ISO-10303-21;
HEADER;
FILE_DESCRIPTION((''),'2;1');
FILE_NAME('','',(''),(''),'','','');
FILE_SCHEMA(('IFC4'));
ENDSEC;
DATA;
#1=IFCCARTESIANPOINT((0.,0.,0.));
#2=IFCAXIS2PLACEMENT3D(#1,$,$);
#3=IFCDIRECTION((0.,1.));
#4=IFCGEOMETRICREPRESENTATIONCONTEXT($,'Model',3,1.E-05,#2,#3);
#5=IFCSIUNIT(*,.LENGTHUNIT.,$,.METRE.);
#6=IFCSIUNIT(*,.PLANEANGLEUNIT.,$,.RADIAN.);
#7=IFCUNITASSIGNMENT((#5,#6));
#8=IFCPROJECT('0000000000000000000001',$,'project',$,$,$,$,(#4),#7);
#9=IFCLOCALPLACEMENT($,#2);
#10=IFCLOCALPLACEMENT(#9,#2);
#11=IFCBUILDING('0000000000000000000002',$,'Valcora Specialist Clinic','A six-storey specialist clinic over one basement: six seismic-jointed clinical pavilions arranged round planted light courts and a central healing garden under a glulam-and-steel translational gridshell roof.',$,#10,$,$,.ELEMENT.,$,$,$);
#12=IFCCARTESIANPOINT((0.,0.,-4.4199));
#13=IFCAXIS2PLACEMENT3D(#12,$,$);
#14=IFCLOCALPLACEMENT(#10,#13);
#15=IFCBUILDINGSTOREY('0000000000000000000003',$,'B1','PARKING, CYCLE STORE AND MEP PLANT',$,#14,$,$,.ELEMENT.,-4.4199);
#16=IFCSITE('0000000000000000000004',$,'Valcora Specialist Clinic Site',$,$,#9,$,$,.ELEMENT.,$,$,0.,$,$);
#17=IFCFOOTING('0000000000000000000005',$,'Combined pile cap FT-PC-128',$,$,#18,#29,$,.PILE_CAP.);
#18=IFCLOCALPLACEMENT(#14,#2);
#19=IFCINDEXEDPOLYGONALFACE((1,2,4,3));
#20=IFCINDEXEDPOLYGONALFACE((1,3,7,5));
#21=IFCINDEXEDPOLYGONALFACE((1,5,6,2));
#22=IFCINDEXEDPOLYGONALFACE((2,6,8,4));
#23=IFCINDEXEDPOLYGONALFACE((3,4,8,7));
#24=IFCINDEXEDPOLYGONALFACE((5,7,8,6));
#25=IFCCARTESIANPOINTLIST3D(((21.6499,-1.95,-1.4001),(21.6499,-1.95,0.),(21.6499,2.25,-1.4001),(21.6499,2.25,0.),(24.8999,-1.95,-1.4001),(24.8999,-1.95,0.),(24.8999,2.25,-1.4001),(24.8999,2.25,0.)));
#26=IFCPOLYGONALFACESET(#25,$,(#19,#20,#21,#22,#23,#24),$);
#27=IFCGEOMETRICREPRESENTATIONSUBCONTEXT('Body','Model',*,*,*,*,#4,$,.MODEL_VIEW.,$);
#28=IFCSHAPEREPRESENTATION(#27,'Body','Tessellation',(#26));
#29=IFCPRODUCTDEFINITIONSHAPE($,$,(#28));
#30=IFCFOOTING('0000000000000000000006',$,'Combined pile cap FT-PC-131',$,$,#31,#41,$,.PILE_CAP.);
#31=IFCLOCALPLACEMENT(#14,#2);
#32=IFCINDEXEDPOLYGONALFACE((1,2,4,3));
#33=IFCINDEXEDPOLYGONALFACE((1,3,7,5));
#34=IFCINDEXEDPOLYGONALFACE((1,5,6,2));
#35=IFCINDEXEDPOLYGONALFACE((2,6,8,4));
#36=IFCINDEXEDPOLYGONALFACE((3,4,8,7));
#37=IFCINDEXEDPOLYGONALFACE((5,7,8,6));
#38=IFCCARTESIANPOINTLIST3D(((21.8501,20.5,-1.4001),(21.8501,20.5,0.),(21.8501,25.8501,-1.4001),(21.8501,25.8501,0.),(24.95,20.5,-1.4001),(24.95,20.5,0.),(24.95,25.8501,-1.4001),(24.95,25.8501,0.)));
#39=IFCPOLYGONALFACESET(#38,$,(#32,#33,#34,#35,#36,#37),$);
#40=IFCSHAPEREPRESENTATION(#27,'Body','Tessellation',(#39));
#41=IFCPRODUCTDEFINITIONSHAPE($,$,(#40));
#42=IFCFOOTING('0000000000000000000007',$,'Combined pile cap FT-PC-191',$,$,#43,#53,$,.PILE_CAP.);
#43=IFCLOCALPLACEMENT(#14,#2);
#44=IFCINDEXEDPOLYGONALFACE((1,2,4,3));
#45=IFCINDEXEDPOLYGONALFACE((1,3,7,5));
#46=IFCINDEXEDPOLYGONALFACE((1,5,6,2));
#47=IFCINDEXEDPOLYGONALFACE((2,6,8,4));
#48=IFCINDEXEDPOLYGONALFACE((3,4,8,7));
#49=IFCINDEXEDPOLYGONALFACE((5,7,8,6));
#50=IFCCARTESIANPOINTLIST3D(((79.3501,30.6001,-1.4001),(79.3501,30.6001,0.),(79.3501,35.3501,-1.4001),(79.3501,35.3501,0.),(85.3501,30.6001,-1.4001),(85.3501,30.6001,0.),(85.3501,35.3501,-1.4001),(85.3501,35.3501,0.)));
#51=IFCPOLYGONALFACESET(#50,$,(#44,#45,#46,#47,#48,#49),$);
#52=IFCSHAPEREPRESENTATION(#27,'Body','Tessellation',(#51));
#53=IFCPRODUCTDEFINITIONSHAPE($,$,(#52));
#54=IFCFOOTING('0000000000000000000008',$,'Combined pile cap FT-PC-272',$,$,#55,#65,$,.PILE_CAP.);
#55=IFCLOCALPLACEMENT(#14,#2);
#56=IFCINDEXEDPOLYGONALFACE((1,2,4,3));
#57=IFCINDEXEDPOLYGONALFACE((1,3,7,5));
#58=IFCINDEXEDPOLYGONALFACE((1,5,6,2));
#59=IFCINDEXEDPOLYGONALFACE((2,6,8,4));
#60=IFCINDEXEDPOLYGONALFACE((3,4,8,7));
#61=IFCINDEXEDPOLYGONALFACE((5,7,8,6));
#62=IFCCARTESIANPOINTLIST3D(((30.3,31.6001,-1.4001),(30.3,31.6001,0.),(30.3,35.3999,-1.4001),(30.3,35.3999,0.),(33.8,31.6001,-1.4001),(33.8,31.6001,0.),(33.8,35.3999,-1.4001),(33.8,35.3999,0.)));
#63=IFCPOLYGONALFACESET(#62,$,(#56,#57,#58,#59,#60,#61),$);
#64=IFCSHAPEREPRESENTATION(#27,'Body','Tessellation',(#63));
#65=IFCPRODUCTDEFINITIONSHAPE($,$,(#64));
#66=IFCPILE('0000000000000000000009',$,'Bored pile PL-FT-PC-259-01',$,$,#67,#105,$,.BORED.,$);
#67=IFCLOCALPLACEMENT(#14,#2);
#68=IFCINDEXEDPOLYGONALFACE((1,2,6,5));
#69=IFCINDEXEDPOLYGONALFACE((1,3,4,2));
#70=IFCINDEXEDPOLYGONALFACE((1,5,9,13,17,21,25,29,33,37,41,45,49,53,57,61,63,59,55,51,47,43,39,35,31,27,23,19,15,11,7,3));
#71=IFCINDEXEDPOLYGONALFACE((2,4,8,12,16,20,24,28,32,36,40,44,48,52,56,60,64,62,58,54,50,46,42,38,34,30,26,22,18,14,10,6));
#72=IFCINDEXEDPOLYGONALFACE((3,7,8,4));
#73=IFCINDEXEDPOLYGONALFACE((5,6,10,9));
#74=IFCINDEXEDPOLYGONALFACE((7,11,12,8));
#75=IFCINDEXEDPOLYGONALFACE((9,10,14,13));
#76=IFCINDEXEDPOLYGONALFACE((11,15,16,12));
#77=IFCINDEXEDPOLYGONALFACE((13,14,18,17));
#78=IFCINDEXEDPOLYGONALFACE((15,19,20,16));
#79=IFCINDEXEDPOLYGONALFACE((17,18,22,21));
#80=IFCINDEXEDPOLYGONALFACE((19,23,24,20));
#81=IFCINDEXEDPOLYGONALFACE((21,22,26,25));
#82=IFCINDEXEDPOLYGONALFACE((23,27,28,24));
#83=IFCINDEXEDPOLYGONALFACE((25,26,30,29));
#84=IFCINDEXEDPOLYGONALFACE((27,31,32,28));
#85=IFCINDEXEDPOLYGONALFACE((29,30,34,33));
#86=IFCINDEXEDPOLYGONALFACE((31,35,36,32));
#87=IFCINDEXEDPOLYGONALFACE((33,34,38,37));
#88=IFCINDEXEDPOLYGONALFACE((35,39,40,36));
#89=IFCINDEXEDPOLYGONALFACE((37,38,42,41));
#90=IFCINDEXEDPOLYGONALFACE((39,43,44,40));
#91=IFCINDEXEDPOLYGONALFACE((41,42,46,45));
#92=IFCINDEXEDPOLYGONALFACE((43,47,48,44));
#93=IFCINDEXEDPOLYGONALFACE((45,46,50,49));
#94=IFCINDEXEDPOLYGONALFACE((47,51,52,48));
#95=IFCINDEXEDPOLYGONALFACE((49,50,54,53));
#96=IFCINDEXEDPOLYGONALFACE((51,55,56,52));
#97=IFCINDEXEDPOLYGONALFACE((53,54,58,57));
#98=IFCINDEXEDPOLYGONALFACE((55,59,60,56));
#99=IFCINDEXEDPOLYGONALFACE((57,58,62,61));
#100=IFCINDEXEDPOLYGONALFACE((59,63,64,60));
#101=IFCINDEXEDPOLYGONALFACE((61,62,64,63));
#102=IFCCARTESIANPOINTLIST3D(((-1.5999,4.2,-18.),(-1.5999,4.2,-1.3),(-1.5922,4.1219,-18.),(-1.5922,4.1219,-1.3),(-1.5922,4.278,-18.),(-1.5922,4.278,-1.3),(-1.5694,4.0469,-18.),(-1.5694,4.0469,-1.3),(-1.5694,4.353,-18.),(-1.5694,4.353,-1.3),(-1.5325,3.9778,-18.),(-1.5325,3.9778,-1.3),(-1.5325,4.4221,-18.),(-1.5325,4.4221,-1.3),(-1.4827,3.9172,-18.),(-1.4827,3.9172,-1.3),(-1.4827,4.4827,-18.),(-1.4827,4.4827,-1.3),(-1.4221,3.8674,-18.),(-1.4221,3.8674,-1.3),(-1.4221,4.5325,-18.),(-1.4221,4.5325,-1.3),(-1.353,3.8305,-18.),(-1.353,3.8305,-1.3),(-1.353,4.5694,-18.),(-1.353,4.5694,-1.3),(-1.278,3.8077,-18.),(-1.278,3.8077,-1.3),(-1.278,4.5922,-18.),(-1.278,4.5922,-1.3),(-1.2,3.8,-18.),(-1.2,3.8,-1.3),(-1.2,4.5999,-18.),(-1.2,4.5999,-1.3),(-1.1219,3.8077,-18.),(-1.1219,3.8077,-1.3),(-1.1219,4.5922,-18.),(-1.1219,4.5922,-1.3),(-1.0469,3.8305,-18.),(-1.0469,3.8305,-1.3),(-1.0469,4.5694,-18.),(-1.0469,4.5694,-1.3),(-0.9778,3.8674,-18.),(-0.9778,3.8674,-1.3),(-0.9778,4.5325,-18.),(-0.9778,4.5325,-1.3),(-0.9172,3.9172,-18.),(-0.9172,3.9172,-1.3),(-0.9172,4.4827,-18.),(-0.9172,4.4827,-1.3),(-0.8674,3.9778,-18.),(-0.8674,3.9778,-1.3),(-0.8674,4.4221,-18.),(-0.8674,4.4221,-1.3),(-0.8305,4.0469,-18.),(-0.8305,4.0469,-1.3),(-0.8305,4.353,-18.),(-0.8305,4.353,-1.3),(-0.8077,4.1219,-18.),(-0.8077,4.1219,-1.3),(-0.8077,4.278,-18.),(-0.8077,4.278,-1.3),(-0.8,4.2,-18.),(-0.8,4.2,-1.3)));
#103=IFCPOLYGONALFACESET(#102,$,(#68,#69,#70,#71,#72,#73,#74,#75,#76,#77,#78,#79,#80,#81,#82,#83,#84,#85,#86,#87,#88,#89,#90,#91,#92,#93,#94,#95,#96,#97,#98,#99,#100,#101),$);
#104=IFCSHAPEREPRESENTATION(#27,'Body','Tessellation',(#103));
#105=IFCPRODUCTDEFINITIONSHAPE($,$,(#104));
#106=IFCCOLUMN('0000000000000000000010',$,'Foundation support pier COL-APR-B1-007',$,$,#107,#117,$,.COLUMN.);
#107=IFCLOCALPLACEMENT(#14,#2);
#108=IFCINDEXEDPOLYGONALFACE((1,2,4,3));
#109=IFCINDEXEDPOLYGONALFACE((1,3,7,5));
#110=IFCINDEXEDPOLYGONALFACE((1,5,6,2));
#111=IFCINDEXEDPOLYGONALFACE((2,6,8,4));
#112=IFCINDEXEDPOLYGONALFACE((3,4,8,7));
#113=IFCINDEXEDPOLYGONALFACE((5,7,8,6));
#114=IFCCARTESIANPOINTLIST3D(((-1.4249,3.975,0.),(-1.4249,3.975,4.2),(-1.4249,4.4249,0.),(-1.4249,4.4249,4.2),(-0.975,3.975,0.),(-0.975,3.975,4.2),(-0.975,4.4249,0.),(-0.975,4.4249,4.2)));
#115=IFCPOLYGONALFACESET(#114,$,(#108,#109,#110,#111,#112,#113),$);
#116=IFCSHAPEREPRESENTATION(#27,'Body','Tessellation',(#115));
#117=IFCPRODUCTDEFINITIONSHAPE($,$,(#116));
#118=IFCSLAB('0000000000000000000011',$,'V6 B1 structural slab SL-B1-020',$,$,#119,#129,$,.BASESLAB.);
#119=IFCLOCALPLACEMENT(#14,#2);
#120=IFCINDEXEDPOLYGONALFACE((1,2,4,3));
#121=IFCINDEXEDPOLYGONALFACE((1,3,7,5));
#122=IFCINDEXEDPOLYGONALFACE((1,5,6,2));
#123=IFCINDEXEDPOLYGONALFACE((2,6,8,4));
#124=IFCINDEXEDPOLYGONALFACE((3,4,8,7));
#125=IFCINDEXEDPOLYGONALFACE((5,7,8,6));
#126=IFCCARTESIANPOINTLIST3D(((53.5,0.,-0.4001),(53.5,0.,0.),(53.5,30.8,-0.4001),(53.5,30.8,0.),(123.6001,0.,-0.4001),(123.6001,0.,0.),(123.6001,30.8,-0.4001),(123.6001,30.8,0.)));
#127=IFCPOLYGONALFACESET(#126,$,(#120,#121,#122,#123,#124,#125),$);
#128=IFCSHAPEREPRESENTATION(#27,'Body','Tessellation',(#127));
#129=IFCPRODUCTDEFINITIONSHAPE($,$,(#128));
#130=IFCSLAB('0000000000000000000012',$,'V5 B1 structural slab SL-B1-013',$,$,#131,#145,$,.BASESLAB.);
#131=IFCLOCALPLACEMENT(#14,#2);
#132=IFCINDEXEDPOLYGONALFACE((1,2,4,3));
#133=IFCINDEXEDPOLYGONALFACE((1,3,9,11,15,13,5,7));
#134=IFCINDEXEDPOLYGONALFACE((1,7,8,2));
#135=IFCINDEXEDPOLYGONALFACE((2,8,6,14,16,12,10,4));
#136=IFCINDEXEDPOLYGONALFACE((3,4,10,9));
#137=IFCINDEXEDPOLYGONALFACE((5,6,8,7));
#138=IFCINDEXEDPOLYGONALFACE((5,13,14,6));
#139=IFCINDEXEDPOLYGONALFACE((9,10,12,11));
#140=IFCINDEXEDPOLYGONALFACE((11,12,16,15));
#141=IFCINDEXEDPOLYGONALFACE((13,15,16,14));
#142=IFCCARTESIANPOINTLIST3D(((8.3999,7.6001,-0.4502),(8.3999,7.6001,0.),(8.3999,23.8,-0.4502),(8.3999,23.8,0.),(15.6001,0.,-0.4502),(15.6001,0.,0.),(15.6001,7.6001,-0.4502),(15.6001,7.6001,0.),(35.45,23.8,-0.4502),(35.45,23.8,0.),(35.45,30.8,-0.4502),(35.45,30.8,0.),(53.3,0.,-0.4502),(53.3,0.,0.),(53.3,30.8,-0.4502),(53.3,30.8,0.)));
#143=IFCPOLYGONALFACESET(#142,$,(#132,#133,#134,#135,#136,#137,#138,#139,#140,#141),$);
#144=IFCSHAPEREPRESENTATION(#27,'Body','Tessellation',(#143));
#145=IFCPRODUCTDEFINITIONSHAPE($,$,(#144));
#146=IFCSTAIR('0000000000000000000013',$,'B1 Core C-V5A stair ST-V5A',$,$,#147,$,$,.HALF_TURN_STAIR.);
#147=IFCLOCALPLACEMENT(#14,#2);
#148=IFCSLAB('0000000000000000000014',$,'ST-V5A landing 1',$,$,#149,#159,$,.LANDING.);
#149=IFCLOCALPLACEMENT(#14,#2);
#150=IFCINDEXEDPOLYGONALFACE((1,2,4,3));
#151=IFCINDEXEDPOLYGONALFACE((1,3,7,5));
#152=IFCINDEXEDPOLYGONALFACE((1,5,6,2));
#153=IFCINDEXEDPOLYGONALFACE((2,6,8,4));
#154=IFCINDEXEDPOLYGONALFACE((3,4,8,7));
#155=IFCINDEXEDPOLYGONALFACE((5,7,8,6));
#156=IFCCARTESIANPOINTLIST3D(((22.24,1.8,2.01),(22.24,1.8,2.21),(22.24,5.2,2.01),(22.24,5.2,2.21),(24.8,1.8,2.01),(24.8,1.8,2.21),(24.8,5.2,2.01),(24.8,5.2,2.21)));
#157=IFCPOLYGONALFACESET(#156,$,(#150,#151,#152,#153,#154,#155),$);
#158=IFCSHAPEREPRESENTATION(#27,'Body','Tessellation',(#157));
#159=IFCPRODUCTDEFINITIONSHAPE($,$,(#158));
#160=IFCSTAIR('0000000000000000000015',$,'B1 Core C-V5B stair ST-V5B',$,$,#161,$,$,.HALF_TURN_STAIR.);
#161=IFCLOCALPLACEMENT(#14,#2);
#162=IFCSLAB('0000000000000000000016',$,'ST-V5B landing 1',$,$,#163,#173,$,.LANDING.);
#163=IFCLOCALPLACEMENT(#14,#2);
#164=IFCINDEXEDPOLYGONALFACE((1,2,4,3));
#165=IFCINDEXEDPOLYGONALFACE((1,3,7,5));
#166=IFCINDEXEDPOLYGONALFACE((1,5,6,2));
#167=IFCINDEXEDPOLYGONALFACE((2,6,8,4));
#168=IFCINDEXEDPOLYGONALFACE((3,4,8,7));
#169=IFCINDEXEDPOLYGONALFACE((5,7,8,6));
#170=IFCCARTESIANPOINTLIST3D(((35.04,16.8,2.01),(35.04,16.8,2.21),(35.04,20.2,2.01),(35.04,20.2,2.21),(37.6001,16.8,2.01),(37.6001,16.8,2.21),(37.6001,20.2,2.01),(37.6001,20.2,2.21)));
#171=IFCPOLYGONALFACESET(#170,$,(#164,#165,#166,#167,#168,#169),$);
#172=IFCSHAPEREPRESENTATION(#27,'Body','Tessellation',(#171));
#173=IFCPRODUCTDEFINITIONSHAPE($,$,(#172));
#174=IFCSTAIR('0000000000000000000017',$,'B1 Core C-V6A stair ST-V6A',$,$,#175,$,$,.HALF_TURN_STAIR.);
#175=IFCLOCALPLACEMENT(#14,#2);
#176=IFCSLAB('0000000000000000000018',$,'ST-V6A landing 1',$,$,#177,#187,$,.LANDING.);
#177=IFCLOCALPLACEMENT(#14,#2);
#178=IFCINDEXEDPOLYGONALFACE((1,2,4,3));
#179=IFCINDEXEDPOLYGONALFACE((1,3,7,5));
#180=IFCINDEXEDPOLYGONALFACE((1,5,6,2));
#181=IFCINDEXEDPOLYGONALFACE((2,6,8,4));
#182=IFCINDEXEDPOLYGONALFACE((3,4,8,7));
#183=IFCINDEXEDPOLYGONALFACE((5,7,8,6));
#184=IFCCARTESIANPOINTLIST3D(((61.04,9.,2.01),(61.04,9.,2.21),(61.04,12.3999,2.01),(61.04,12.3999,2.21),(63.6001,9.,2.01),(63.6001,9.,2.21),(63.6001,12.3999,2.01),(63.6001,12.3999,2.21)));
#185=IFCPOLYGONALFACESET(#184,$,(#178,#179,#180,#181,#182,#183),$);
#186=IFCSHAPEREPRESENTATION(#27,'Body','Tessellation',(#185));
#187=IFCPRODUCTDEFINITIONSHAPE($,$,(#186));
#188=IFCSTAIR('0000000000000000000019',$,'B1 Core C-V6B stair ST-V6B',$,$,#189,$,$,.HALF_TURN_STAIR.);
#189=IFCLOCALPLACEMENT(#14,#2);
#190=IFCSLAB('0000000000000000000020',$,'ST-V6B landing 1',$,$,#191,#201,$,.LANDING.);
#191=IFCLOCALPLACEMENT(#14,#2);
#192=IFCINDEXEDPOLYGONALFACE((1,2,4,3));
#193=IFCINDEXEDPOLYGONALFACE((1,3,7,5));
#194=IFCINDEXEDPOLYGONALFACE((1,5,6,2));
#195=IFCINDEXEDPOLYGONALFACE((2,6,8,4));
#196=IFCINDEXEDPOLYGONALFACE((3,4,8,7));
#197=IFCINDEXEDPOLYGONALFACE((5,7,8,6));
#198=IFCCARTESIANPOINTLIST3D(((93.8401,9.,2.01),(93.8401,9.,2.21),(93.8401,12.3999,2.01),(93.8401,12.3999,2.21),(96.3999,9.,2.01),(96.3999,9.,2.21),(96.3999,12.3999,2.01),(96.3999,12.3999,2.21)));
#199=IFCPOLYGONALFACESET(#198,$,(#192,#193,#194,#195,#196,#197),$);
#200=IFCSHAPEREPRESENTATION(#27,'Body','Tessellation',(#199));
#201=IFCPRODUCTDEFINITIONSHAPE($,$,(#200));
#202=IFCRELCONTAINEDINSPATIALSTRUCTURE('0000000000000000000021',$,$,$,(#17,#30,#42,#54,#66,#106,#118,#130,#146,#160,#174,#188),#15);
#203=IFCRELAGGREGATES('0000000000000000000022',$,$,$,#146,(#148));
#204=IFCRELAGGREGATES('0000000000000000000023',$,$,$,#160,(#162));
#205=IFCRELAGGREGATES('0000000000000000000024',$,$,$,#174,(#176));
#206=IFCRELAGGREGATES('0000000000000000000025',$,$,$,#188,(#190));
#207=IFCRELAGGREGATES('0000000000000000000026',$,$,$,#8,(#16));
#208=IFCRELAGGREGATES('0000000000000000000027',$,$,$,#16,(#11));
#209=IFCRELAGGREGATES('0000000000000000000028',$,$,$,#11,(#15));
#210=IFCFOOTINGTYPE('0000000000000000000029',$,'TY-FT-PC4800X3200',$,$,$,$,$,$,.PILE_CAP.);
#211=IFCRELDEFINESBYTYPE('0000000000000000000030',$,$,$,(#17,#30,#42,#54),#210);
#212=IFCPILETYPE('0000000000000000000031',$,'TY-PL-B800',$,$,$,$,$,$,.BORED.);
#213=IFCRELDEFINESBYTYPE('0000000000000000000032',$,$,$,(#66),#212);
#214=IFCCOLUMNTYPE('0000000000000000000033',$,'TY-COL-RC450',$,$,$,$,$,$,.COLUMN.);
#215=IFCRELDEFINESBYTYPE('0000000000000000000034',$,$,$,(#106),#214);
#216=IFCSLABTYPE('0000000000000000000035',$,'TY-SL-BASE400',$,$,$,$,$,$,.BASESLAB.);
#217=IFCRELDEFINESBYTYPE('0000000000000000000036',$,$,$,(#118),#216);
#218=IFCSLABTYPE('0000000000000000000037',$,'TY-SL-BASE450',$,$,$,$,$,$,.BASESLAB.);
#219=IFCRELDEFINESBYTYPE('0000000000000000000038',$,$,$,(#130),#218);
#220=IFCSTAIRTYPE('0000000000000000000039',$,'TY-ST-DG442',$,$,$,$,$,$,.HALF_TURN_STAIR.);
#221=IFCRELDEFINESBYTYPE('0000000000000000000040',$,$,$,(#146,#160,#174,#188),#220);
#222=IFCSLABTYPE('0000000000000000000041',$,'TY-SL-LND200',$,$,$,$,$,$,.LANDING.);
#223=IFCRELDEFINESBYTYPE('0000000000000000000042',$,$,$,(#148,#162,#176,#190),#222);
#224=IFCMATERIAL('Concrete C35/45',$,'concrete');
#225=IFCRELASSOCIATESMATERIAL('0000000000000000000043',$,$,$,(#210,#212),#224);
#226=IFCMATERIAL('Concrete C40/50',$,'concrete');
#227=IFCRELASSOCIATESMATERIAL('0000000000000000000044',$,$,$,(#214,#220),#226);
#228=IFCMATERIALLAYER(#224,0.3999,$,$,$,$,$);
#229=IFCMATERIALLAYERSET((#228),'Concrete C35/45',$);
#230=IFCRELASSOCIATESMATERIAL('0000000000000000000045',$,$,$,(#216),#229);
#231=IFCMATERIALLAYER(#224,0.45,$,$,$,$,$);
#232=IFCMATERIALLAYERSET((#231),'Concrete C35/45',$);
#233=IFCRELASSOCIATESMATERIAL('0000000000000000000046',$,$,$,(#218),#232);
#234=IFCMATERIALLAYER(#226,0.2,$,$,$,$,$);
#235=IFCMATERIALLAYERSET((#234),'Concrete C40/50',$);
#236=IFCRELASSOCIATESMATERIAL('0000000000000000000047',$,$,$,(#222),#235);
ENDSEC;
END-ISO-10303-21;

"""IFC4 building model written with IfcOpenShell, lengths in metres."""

from ifc_helpers import new_model, si_unit, direction, frame, origin, origin_2d, place, context, subcontext, project, spatial, polyline, rectangle, circle, outline, extrude, material, layer, layer_set, material_profile, profile_set, type_object, element, aggregate, save


model = new_model("IFC4")

# Units and contexts
model_context = context("Model", 3, precision=1e-05, world=origin(), true_north=direction((0.0, 1.0)))
body_context = subcontext(model_context, "Body", "Model", "MODEL_VIEW")
ifc_project = project(units=[si_unit("LENGTHUNIT", "METRE"), si_unit("PLANEANGLEUNIT", "RADIAN")], contexts=[model_context])

# Site, building, storey
site_placement = place(None, origin())
site = spatial("IfcSite", under=ifc_project, at=site_placement, Name="Valcora Specialist Clinic Site", CompositionType="ELEMENT", RefElevation=0.0)
building_placement = place(site_placement, origin())
building = spatial("IfcBuilding", under=site, at=building_placement, Name="Valcora Specialist Clinic", Description="A six-storey specialist clinic over one basement: six seismic-jointed clinical pavilions arranged round planted light courts and a central healing garden under a glulam-and-steel translational gridshell roof.", CompositionType="ELEMENT")
storey_placement = place(building_placement, frame((0.0, 0.0, -4.4199)))
storey = spatial("IfcBuildingStorey", under=building, at=storey_placement, Name="B1", Description="PARKING, CYCLE STORE AND MEP PLANT", CompositionType="ELEMENT", Elevation=-4.4199)

# Footings
ifc_material_1 = material(Name="Concrete C35/45", Category="concrete")
footing_type_1 = type_object("IfcFootingType", Name="TY-FT-PC4800X3200", PredefinedType="PILE_CAP", material=ifc_material_1)
footing_1_placement = place(storey_placement, frame((0.0, 0.0, -1.4001)))
element("IfcFooting", 1, at=footing_1_placement, inside=storey, type_object=footing_type_1, Name="Combined pile cap FT-PC-128", PredefinedType="PILE_CAP", context=body_context, shape_type="SweptSolid", body=[
    extrude(outline(polyline([(21.6499, -1.95), (24.8999, -1.95), (24.8999, 2.25), (21.6499, 2.25), (21.6499, -1.95)])), origin(), (0.0, 0.0, 1.0), 1.4001),
])
footing_2_placement = place(storey_placement, frame((0.0, 0.0, -1.4001)))
element("IfcFooting", 2, at=footing_2_placement, inside=storey, type_object=footing_type_1, Name="Combined pile cap FT-PC-131", PredefinedType="PILE_CAP", context=body_context, shape_type="SweptSolid", body=[
    extrude(outline(polyline([(21.8501, 20.5), (24.95, 20.5), (24.95, 25.8501), (21.8501, 25.8501), (21.8501, 20.5)])), origin(), (0.0, 0.0, 1.0), 1.4001),
])
footing_3_placement = place(storey_placement, frame((0.0, 0.0, -1.4001)))
element("IfcFooting", 3, at=footing_3_placement, inside=storey, type_object=footing_type_1, Name="Combined pile cap FT-PC-191", PredefinedType="PILE_CAP", context=body_context, shape_type="SweptSolid", body=[
    extrude(outline(polyline([(79.3501, 30.6001), (85.3501, 30.6001), (85.3501, 35.3501), (79.3501, 35.3501), (79.3501, 30.6001)])), origin(), (0.0, 0.0, 1.0), 1.4001),
])
footing_4_placement = place(storey_placement, frame((0.0, 0.0, -1.4001)))
element("IfcFooting", 4, at=footing_4_placement, inside=storey, type_object=footing_type_1, Name="Combined pile cap FT-PC-272", PredefinedType="PILE_CAP", context=body_context, shape_type="SweptSolid", body=[
    extrude(outline(polyline([(30.3, 31.6001), (33.8, 31.6001), (33.8, 35.3999), (30.3, 35.3999), (30.3, 31.6001)])), origin(), (0.0, 0.0, 1.0), 1.4001),
])

# Pile
ifc_material_profile_1 = material_profile(ifc_material_1, circle(Radius=0.3999, at=origin_2d()), Name="RC-PIL-D800")
ifc_profile_set_1 = profile_set([ifc_material_profile_1], Name="Concrete C35/45")
pile_type = type_object("IfcPileType", Name="TY-PL-B800", PredefinedType="BORED", material=ifc_profile_set_1)
pile_placement = place(storey_placement, frame((-1.2, 4.2, -1.3), z_axis=(0.0, 0.0, -1.0), x_axis=(1.0, 0.0, 0.0)))
element("IfcPile", 5, at=pile_placement, inside=storey, type_object=pile_type, Name="Bored pile PL-FT-PC-259-01", PredefinedType="BORED", context=body_context, shape_type="SweptSolid", body=[
    extrude(circle(Radius=0.3999, at=origin_2d()), origin(), (0.0, 0.0, 1.0), 16.7),
])

# Column
ifc_material_2 = material(Name="Concrete C40/50", Category="concrete")
ifc_material_profile_2 = material_profile(ifc_material_2, rectangle(XDim=0.45, YDim=0.45, at=origin_2d()), Name="RC-COL-450X450")
ifc_profile_set_2 = profile_set([ifc_material_profile_2], Name="Concrete C40/50")
column_type = type_object("IfcColumnType", Name="TY-COL-RC450", PredefinedType="COLUMN", material=ifc_profile_set_2)
column_placement = place(storey_placement, frame((-1.2, 4.2, 0.0), z_axis=(0.0, 0.0, 1.0), x_axis=(1.0, 0.0, 0.0)))
element("IfcColumn", 6, at=column_placement, inside=storey, type_object=column_type, Name="Foundation support pier COL-APR-B1-007", PredefinedType="COLUMN", context=body_context, shape_type="SweptSolid", body=[
    extrude(rectangle(XDim=0.45, YDim=0.45, at=origin_2d()), origin(), (0.0, 0.0, 1.0), 4.2),
])

# Slabs
ifc_layer_1 = layer(ifc_material_1, 0.3999)
ifc_layer_set_1 = layer_set([ifc_layer_1], Name="Concrete C35/45")
slab_type_1 = type_object("IfcSlabType", Name="TY-SL-BASE400", PredefinedType="BASESLAB", material=ifc_layer_set_1)
slab_1_placement = place(storey_placement, frame((0.0, 0.0, -0.4001)))
element("IfcSlab", 7, at=slab_1_placement, inside=storey, type_object=slab_type_1, Name="V6 B1 structural slab SL-B1-020", PredefinedType="BASESLAB", context=body_context, shape_type="SweptSolid", body=[
    extrude(outline(polyline([(53.5, 0.0), (123.6001, 0.0), (123.6001, 30.8), (53.5, 30.8), (53.5, 0.0)])), origin(), (0.0, 0.0, 1.0), 0.4001),
])
ifc_layer_2 = layer(ifc_material_1, 0.45)
ifc_layer_set_2 = layer_set([ifc_layer_2], Name="Concrete C35/45")
slab_type_2 = type_object("IfcSlabType", Name="TY-SL-BASE450", PredefinedType="BASESLAB", material=ifc_layer_set_2)
slab_2_placement = place(storey_placement, frame((0.0, 0.0, -0.4502)))
element("IfcSlab", 8, at=slab_2_placement, inside=storey, type_object=slab_type_2, Name="V5 B1 structural slab SL-B1-013", PredefinedType="BASESLAB", context=body_context, shape_type="SweptSolid", body=[
    extrude(outline(polyline([(15.6001, 0.0), (53.3, 0.0), (53.3, 30.8), (35.45, 30.8), (35.45, 23.8), (8.3999, 23.8), (8.3999, 7.6001), (15.6001, 7.6001), (15.6001, 0.0)])), origin(), (0.0, 0.0, 1.0), 0.4502),
])

# Stairs, slabs
stair_type = type_object("IfcStairType", Name="TY-ST-DG442", PredefinedType="HALF_TURN_STAIR", material=ifc_material_2)
stair_1_placement = place(storey_placement, origin())
stair_1 = element("IfcStair", 9, at=stair_1_placement, inside=storey, type_object=stair_type, Name="B1 Core C-V5A stair ST-V5A", PredefinedType="HALF_TURN_STAIR")
ifc_layer_3 = layer(ifc_material_2, 0.2)
ifc_layer_set_3 = layer_set([ifc_layer_3], Name="Concrete C40/50")
slab_type_3 = type_object("IfcSlabType", Name="TY-SL-LND200", PredefinedType="LANDING", material=ifc_layer_set_3)
slab_3_placement = place(storey_placement, frame((0.0, 0.0, 2.01)))
slab_3 = element("IfcSlab", 10, at=slab_3_placement, type_object=slab_type_3, Name="ST-V5A landing 1", PredefinedType="LANDING", context=body_context, shape_type="SweptSolid", body=[
    extrude(outline(polyline([(22.24, 1.8), (24.8, 1.8), (24.8, 5.2), (22.24, 5.2), (22.24, 1.8)])), origin(), (0.0, 0.0, 1.0), 0.2),
])
aggregate(stair_1, [slab_3])
stair_2_placement = place(storey_placement, origin())
stair_2 = element("IfcStair", 11, at=stair_2_placement, inside=storey, type_object=stair_type, Name="B1 Core C-V5B stair ST-V5B", PredefinedType="HALF_TURN_STAIR")
slab_4_placement = place(storey_placement, frame((0.0, 0.0, 2.01)))
slab_4 = element("IfcSlab", 12, at=slab_4_placement, type_object=slab_type_3, Name="ST-V5B landing 1", PredefinedType="LANDING", context=body_context, shape_type="SweptSolid", body=[
    extrude(outline(polyline([(35.04, 16.8), (37.6001, 16.8), (37.6001, 20.2), (35.04, 20.2), (35.04, 16.8)])), origin(), (0.0, 0.0, 1.0), 0.2),
])
aggregate(stair_2, [slab_4])
stair_3_placement = place(storey_placement, origin())
stair_3 = element("IfcStair", 13, at=stair_3_placement, inside=storey, type_object=stair_type, Name="B1 Core C-V6A stair ST-V6A", PredefinedType="HALF_TURN_STAIR")
slab_5_placement = place(storey_placement, frame((0.0, 0.0, 2.01)))
slab_5 = element("IfcSlab", 14, at=slab_5_placement, type_object=slab_type_3, Name="ST-V6A landing 1", PredefinedType="LANDING", context=body_context, shape_type="SweptSolid", body=[
    extrude(outline(polyline([(61.04, 9.0), (63.6001, 9.0), (63.6001, 12.3999), (61.04, 12.3999), (61.04, 9.0)])), origin(), (0.0, 0.0, 1.0), 0.2),
])
aggregate(stair_3, [slab_5])
stair_4_placement = place(storey_placement, origin())
stair_4 = element("IfcStair", 15, at=stair_4_placement, inside=storey, type_object=stair_type, Name="B1 Core C-V6B stair ST-V6B", PredefinedType="HALF_TURN_STAIR")
slab_6_placement = place(storey_placement, frame((0.0, 0.0, 2.01)))
slab_6 = element("IfcSlab", 16, at=slab_6_placement, type_object=slab_type_3, Name="ST-V6B landing 1", PredefinedType="LANDING", context=body_context, shape_type="SweptSolid", body=[
    extrude(outline(polyline([(93.8401, 9.0), (96.3999, 9.0), (96.3999, 12.3999), (93.8401, 12.3999), (93.8401, 9.0)])), origin(), (0.0, 0.0, 1.0), 0.2),
])
aggregate(stair_4, [slab_6])

save(model, "model.ifc")
